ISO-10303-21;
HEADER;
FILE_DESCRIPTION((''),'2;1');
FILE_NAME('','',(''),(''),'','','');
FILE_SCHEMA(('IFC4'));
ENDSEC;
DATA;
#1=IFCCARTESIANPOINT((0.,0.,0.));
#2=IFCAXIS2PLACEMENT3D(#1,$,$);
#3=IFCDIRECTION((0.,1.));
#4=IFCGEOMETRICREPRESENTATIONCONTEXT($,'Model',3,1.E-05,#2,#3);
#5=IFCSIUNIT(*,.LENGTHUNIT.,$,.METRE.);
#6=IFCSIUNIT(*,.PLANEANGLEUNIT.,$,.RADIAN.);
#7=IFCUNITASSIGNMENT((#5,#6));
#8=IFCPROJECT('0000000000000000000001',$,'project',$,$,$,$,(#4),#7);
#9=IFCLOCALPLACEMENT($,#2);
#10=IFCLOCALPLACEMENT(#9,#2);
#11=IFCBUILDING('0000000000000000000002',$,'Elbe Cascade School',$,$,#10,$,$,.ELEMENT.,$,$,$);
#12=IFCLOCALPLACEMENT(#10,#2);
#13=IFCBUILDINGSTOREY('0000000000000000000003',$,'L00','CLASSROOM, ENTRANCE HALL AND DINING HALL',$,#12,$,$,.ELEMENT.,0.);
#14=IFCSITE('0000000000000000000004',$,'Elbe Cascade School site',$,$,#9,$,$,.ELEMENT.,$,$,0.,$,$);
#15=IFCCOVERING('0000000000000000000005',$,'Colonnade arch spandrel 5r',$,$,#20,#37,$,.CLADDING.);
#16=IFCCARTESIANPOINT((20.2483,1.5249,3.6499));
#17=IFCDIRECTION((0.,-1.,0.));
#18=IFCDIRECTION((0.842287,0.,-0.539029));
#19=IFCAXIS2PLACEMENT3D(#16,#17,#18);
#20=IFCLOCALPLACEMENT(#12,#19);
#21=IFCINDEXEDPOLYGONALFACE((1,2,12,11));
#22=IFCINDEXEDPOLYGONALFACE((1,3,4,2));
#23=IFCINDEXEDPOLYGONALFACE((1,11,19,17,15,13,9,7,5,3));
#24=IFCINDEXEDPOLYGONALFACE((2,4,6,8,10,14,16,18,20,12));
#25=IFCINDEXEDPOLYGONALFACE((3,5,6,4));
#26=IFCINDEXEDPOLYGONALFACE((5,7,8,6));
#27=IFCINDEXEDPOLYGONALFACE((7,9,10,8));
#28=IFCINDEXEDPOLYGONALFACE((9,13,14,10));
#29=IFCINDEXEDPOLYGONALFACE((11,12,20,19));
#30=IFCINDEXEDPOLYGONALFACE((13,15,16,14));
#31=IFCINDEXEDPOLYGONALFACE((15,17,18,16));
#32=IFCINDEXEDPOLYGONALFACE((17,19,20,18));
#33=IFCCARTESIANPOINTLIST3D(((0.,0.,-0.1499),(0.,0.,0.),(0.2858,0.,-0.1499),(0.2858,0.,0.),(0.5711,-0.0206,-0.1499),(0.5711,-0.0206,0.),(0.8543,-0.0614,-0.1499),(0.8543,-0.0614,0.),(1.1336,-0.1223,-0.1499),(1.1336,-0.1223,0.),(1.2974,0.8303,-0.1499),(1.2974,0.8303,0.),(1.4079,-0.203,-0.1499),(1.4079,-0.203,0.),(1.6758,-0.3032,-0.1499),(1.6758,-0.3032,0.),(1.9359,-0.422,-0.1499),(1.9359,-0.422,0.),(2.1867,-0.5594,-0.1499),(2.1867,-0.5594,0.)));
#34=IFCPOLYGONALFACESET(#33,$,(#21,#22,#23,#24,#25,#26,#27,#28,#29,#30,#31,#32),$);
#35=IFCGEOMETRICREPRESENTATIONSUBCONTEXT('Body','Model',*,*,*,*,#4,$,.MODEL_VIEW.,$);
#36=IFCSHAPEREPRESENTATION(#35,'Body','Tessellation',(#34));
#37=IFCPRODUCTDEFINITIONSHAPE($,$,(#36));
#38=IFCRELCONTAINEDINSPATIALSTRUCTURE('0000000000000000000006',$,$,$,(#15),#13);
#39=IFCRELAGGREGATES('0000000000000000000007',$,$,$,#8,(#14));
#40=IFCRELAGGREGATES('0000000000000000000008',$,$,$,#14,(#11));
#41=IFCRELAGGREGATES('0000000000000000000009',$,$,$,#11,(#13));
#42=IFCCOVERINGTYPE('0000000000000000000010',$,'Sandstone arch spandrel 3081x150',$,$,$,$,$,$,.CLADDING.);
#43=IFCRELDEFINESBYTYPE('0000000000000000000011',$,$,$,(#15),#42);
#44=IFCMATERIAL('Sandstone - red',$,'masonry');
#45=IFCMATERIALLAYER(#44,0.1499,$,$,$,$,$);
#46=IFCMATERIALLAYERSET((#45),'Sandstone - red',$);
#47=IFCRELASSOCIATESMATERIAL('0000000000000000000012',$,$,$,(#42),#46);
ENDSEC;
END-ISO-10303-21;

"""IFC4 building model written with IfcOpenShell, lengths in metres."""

from ifc_helpers import new_model, si_unit, direction, frame, origin, place, context, subcontext, project, spatial, polyline, outline, extrude, material, layer, layer_set, type_object, element, save


model = new_model("IFC4")

# Units and contexts
model_context = context("Model", 3, precision=1e-05, world=origin(), true_north=direction((0.0, 1.0)))
body_context = subcontext(model_context, "Body", "Model", "MODEL_VIEW")
ifc_project = project(units=[si_unit("LENGTHUNIT", "METRE"), si_unit("PLANEANGLEUNIT", "RADIAN")], contexts=[model_context])

# Site, building, storey
site_placement = place(None, origin())
site = spatial("IfcSite", under=ifc_project, at=site_placement, Name="Elbe Cascade School site", CompositionType="ELEMENT", RefElevation=0.0)
building_placement = place(site_placement, origin())
building = spatial("IfcBuilding", under=site, at=building_placement, Name="Elbe Cascade School", CompositionType="ELEMENT")
storey_placement = place(building_placement, origin())
storey = spatial("IfcBuildingStorey", under=building, at=storey_placement, Name="L00", Description="CLASSROOM, ENTRANCE HALL AND DINING HALL", CompositionType="ELEMENT", Elevation=0.0)

# Covering
ifc_material_1 = material(Name="Sandstone - red", Category="masonry")
ifc_layer_1 = layer(ifc_material_1, 0.1499)
ifc_layer_set_1 = layer_set([ifc_layer_1], Name="Sandstone - red")
covering_type = type_object("IfcCoveringType", Name="Sandstone arch spandrel 3081x150", PredefinedType="CLADDING", material=ifc_layer_set_1)
covering_1_placement = place(storey_placement, frame((20.2483, 1.5249, 3.6499), z_axis=(0.0, -1.0, 0.0), x_axis=(0.842287, 0.0, -0.539029)))
element("IfcCovering", 1, at=covering_1_placement, inside=storey, type_object=covering_type, Name="Colonnade arch spandrel 5r", PredefinedType="CLADDING", context=body_context, shape_type="SweptSolid", body=[
    extrude(outline(polyline([(0.0, 0.0), (0.2858, 0.0), (0.5711, -0.0206), (0.8543, -0.0614), (1.1336, -0.1223), (1.4079, -0.203), (1.6758, -0.3032), (1.9359, -0.422), (2.1867, -0.5594), (1.2974, 0.8303), (0.0, 0.0)])), origin(), (0.0, 0.0, -1.0), 0.1499),
])

save(model, "model.ifc")
